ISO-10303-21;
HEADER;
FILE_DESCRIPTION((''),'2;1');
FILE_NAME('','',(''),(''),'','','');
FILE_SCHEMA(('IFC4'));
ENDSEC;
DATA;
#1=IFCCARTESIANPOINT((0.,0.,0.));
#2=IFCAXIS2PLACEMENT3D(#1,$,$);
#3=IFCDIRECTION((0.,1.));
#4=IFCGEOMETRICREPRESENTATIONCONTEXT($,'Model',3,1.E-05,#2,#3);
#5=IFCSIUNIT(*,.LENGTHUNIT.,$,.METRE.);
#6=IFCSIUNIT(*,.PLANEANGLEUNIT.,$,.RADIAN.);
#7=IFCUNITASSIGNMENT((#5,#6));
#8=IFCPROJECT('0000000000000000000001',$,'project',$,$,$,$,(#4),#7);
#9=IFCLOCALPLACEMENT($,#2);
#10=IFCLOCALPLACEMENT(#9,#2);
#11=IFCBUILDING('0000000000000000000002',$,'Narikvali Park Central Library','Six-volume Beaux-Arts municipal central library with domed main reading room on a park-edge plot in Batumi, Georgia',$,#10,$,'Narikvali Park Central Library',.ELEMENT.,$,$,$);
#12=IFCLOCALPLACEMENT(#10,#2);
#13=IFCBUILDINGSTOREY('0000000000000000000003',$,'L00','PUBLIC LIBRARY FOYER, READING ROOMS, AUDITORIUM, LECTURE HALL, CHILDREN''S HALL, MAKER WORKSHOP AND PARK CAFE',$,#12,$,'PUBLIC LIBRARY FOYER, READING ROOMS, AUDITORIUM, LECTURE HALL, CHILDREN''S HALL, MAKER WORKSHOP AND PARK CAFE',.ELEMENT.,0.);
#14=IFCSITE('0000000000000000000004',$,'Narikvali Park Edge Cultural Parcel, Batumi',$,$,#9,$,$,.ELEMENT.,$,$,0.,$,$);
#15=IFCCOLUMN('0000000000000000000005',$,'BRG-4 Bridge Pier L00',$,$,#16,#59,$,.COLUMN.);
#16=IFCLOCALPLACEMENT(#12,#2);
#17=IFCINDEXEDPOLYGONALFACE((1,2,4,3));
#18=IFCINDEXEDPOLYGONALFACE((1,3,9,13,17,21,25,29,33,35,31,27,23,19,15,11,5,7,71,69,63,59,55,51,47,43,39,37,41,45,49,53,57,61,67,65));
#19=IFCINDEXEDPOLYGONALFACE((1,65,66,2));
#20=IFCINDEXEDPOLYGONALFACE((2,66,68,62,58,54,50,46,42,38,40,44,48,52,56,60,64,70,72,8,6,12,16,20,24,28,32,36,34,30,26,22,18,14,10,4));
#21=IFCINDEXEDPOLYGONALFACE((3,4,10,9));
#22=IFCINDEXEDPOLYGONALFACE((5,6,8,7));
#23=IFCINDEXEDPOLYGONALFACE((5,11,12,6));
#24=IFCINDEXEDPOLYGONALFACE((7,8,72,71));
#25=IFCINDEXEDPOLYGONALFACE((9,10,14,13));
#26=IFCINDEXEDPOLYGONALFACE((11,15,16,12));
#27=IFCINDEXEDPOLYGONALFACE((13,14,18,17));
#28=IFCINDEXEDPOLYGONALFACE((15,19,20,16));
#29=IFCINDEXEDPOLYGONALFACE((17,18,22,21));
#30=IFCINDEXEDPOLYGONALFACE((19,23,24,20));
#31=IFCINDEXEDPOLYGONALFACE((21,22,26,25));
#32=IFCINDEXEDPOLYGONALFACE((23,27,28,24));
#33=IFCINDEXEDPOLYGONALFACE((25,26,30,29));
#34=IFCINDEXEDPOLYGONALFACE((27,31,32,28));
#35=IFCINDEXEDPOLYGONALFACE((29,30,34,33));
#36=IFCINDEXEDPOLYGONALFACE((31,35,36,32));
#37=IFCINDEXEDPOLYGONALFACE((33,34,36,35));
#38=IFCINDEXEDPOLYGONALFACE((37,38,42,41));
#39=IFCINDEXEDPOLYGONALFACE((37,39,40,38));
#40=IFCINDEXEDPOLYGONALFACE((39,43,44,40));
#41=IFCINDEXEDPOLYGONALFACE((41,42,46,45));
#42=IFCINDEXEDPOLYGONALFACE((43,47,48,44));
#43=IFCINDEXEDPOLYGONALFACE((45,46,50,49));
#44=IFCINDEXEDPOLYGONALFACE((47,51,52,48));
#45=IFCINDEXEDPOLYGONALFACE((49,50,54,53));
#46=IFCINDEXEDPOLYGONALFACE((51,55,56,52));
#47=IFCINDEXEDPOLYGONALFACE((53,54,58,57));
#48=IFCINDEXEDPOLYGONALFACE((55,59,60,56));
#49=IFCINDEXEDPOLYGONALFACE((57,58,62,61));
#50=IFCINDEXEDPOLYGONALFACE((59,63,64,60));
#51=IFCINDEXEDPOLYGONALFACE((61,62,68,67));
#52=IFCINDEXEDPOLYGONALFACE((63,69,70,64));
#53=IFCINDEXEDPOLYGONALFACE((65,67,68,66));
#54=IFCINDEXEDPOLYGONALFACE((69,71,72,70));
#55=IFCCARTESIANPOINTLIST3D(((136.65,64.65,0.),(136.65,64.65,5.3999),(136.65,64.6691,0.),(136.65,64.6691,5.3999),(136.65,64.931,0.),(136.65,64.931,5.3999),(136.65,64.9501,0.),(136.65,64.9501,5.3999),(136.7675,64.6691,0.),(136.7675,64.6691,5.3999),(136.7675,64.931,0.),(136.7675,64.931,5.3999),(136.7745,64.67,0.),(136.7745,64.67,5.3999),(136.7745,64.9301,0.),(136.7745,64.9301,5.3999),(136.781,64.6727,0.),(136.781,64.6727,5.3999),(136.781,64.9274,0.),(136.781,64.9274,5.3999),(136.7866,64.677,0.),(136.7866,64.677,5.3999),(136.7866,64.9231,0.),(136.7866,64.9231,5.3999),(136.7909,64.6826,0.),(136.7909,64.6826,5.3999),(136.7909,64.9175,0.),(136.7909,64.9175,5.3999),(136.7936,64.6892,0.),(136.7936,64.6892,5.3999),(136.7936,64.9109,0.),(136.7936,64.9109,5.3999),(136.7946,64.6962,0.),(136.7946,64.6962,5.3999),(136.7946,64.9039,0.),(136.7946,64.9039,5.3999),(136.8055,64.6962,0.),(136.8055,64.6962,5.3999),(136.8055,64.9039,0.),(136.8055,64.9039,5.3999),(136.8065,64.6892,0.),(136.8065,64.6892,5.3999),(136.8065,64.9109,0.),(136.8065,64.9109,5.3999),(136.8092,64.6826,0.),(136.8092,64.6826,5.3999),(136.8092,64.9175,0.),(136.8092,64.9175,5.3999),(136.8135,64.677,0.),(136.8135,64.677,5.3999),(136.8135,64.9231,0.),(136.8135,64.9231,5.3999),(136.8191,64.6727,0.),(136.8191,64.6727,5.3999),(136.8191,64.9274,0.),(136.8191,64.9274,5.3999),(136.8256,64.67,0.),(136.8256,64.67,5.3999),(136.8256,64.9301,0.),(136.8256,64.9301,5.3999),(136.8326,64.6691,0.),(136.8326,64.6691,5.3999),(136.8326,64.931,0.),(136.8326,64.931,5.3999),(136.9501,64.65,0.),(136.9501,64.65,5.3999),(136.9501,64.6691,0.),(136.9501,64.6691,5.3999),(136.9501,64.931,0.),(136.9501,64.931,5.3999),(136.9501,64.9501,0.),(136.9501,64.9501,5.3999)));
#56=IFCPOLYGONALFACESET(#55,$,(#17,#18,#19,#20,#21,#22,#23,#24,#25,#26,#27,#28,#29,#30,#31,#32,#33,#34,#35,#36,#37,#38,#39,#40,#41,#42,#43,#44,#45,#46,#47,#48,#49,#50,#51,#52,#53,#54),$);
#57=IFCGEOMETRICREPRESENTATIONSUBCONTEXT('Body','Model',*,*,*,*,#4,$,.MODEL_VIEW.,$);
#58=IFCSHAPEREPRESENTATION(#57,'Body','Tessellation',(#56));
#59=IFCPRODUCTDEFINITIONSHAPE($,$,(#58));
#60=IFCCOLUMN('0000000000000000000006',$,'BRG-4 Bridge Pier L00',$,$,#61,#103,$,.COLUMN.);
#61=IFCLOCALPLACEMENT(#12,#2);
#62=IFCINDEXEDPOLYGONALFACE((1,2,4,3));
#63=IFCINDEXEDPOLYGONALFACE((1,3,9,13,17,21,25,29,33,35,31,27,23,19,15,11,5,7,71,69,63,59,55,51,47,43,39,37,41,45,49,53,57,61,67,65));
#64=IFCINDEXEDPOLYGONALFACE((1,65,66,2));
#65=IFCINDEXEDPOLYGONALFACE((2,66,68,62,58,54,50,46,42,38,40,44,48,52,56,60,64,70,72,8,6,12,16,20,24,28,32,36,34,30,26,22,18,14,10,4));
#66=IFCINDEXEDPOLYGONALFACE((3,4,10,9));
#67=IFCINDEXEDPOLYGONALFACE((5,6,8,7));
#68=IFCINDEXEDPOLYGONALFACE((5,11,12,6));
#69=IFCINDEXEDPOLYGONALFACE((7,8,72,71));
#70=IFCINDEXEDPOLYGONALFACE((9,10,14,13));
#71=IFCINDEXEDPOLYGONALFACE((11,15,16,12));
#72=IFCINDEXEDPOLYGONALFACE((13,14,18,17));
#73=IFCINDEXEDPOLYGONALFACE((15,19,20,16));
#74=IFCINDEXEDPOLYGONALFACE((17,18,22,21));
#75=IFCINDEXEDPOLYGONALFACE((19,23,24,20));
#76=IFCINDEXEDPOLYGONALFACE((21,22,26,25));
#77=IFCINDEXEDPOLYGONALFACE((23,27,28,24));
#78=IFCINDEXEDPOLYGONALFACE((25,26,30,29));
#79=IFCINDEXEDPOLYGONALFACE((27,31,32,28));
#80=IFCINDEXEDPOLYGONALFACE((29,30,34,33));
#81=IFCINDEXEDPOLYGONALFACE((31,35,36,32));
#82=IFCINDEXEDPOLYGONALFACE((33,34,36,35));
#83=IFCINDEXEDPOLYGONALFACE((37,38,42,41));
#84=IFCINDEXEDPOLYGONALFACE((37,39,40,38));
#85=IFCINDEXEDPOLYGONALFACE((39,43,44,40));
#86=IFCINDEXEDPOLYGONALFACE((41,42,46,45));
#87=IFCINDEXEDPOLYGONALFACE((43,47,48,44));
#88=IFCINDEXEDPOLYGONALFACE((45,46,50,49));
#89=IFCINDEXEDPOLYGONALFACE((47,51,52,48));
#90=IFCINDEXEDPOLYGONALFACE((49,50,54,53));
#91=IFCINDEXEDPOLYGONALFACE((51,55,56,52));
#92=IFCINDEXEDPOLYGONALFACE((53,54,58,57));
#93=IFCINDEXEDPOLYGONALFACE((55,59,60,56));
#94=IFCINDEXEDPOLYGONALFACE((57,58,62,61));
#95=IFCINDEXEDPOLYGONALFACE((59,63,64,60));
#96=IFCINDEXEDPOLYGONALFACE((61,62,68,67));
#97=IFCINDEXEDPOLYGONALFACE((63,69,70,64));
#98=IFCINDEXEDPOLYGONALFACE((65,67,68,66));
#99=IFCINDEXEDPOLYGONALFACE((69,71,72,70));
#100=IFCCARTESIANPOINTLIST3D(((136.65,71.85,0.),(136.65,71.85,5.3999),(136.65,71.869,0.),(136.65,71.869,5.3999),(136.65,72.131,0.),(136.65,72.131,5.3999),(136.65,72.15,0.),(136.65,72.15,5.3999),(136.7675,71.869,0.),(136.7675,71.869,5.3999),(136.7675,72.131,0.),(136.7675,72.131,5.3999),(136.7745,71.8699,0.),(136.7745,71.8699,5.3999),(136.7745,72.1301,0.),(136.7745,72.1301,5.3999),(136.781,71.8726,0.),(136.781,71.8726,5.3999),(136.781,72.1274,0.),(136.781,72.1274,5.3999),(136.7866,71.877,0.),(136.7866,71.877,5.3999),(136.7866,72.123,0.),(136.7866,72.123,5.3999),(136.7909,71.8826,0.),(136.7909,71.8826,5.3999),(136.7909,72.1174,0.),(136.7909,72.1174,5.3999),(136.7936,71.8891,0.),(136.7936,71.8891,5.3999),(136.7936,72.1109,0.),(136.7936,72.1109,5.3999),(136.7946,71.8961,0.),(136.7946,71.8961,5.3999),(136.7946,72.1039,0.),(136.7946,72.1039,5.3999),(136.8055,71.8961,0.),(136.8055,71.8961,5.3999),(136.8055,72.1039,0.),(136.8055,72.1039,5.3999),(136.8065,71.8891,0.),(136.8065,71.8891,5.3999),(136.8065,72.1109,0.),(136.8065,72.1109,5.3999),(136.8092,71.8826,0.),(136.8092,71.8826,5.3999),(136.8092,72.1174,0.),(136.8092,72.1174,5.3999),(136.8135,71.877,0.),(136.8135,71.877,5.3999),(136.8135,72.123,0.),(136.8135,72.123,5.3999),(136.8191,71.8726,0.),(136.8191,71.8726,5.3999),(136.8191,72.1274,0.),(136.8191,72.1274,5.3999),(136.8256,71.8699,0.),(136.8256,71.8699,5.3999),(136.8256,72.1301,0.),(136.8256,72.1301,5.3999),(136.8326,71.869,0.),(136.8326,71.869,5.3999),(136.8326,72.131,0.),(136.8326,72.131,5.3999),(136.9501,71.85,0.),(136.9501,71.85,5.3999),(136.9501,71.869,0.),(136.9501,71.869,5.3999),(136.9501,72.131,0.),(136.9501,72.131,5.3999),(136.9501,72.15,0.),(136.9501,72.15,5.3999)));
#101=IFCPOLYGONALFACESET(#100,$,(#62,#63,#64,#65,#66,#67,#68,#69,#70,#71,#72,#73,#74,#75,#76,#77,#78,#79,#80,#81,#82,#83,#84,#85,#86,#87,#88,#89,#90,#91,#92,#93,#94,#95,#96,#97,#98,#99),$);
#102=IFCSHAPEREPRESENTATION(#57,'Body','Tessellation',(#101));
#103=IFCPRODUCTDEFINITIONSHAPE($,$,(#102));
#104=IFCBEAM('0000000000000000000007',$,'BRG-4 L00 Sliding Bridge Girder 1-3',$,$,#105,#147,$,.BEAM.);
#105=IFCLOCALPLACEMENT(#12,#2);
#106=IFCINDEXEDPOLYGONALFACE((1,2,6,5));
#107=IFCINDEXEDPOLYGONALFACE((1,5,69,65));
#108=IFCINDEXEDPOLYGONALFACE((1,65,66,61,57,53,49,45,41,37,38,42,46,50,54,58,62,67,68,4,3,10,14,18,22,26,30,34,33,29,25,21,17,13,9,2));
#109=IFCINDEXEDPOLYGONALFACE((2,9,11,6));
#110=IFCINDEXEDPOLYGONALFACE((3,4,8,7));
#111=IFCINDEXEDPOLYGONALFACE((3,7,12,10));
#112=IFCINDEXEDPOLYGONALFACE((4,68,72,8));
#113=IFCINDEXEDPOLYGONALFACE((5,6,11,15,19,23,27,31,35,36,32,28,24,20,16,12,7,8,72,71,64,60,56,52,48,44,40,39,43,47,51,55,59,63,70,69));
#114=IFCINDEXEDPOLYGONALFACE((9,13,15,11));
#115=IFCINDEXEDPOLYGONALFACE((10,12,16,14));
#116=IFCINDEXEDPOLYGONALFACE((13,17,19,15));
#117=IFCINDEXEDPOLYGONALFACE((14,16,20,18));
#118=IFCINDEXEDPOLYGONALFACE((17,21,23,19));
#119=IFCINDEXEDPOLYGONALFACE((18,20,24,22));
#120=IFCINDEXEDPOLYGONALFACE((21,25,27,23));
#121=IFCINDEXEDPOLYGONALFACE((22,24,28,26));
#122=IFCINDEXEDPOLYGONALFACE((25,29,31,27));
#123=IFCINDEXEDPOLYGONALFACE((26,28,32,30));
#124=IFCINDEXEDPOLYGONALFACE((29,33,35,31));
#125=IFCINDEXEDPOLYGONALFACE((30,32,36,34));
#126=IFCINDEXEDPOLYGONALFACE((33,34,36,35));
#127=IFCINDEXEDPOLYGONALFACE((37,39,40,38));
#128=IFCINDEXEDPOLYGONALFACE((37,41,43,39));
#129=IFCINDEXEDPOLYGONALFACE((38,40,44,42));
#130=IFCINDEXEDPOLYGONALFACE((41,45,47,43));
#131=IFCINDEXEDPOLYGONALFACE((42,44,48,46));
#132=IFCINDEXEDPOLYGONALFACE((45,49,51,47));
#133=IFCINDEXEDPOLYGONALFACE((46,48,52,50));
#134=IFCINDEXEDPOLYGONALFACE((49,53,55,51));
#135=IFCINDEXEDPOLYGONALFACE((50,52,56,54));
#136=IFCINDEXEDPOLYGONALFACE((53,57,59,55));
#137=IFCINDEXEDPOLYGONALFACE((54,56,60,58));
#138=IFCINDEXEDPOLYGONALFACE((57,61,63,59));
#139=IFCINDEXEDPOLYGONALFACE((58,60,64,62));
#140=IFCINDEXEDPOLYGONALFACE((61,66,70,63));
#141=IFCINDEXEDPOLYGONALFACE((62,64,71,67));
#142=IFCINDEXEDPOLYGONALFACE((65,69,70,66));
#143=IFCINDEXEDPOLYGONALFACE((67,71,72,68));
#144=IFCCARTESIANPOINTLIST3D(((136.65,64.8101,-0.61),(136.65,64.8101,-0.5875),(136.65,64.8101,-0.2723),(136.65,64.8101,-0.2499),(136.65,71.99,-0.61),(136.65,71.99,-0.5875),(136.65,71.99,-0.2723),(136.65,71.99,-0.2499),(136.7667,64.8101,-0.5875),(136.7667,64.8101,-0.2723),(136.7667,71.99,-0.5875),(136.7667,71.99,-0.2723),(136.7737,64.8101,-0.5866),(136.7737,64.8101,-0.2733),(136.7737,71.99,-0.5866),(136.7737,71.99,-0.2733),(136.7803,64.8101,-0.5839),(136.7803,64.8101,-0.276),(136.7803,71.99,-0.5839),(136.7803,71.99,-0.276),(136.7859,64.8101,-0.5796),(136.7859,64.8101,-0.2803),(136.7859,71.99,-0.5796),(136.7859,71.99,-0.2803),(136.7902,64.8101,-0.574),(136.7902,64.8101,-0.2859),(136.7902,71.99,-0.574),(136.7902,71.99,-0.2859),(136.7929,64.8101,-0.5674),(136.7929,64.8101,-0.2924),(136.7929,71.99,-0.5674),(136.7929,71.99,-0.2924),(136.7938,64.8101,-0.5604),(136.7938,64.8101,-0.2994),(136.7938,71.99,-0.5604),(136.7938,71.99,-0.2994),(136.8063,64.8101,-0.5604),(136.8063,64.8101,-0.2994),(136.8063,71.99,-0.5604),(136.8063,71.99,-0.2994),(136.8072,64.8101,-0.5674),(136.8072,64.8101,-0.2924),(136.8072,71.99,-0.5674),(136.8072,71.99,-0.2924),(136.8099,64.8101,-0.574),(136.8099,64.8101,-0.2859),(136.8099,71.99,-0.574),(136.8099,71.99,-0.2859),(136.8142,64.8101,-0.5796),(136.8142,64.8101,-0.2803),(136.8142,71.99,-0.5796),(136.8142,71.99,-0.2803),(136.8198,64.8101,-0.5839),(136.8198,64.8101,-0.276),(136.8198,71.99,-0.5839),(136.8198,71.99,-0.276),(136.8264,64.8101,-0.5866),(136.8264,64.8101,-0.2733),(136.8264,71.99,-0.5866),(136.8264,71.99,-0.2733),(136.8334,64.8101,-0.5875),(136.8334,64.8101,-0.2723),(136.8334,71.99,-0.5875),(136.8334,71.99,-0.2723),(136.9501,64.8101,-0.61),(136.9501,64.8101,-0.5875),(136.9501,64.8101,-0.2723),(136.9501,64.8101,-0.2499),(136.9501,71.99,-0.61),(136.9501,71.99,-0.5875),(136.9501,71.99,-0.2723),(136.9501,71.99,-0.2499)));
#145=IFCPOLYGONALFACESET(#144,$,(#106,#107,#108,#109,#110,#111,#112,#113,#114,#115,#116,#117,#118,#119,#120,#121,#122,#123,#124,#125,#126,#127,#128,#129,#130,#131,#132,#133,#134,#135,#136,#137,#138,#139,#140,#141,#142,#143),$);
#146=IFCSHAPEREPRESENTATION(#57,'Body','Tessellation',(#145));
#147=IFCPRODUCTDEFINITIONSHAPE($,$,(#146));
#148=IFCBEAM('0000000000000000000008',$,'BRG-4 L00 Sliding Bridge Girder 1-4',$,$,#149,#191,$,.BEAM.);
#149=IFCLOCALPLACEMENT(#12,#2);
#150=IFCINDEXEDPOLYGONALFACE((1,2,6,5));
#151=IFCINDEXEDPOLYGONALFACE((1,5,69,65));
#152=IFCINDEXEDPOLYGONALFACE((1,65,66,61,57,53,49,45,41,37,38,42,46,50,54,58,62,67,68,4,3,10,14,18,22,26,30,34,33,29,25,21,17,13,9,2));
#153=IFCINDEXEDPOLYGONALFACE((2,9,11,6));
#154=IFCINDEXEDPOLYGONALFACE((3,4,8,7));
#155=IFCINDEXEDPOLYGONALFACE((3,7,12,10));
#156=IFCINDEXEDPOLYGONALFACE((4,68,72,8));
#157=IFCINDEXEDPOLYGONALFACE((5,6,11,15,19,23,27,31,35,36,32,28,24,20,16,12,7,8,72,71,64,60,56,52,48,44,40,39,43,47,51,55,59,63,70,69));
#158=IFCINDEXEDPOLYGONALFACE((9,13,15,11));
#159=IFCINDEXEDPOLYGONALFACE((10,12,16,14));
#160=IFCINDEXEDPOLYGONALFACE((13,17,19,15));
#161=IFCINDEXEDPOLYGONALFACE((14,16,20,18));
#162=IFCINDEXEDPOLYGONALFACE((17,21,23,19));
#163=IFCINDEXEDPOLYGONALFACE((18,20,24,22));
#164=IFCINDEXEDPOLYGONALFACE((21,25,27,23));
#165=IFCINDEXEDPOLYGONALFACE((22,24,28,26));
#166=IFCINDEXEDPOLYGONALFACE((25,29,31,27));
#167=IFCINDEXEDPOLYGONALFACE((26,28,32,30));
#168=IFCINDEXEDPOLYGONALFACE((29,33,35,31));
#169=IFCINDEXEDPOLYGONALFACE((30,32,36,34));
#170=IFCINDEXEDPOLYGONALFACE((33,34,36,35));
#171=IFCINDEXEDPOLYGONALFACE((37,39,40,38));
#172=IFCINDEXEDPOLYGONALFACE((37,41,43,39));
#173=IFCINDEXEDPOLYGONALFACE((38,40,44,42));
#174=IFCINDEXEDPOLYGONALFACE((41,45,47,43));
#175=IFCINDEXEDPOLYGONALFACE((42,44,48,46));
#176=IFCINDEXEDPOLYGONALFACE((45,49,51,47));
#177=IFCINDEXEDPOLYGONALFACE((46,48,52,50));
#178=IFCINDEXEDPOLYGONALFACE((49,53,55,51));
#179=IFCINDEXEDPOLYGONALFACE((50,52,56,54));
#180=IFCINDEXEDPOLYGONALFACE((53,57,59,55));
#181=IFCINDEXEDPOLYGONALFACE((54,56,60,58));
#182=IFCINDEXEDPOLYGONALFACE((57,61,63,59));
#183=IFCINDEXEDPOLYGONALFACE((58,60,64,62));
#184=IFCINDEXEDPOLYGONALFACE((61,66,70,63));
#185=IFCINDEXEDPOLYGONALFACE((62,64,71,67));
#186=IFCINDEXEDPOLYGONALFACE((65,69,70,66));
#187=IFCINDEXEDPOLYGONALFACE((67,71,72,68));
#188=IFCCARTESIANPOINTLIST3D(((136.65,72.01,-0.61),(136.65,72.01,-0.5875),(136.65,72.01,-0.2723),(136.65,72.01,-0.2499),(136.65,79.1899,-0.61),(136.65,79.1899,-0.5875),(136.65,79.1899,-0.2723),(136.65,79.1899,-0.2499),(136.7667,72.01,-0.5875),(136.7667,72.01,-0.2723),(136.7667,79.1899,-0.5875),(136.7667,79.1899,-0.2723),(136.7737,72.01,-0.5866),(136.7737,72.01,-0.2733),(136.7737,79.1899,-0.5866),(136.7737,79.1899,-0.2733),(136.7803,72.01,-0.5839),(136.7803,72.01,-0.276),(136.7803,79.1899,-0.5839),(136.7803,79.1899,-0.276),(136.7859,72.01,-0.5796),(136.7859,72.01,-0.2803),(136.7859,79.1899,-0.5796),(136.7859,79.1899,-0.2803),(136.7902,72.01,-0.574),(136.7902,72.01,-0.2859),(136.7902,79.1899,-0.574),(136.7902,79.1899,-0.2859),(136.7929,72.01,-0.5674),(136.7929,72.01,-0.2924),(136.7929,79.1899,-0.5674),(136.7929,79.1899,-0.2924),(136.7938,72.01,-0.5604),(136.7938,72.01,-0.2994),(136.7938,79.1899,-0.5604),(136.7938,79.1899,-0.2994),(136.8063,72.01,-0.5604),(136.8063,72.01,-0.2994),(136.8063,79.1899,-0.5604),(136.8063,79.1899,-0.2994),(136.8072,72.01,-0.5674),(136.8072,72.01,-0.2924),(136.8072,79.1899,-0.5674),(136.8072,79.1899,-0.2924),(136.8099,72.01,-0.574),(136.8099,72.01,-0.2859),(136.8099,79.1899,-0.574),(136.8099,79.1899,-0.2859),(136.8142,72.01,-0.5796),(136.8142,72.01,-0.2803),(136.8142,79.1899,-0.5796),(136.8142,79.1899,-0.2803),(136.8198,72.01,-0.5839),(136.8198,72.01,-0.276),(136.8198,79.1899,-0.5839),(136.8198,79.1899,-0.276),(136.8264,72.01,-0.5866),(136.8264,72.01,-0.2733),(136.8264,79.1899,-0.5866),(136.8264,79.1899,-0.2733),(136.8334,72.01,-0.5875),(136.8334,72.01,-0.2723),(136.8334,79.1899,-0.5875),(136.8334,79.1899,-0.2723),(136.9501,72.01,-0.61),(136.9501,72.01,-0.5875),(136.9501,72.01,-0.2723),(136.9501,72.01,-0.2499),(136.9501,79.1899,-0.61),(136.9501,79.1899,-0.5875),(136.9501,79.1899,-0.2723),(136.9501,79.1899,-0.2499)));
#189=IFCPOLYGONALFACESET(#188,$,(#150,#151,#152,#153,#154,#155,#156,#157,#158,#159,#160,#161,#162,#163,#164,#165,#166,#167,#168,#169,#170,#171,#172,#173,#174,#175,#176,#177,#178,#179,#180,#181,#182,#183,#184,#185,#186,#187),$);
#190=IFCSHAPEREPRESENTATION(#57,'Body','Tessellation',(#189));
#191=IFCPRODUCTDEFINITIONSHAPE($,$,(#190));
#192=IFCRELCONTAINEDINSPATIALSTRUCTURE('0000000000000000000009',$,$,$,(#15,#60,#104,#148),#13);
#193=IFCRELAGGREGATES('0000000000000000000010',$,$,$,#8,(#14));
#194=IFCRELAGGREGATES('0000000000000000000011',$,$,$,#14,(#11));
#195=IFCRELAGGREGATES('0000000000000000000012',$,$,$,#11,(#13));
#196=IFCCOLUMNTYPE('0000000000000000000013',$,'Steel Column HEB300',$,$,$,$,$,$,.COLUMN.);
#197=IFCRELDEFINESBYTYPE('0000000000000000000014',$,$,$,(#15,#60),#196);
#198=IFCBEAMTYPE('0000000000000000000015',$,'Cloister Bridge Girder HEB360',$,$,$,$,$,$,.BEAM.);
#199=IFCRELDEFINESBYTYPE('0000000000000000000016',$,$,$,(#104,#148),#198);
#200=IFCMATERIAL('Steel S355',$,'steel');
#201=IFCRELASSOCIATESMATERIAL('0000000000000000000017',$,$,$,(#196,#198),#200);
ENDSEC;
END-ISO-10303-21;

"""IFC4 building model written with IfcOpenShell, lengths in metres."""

from ifc_helpers import new_model, si_unit, direction, frame, origin, origin_2d, place, context, subcontext, project, spatial, i_section, extrude, material, material_profile, profile_set, type_object, element, save


model = new_model("IFC4")

# Units and contexts
model_context = context("Model", 3, precision=1e-05, world=origin(), true_north=direction((0.0, 1.0)))
body_context = subcontext(model_context, "Body", "Model", "MODEL_VIEW")
ifc_project = project(units=[si_unit("LENGTHUNIT", "METRE"), si_unit("PLANEANGLEUNIT", "RADIAN")], contexts=[model_context])

# Site, building, storey
site_placement = place(None, origin())
site = spatial("IfcSite", under=ifc_project, at=site_placement, Name="Narikvali Park Edge Cultural Parcel, Batumi", CompositionType="ELEMENT", RefElevation=0.0)
building_placement = place(site_placement, origin())
building = spatial("IfcBuilding", under=site, at=building_placement, Name="Narikvali Park Central Library", Description="Six-volume Beaux-Arts municipal central library with domed main reading room on a park-edge plot in Batumi, Georgia", LongName="Narikvali Park Central Library", CompositionType="ELEMENT")
storey_placement = place(building_placement, origin())
storey = spatial("IfcBuildingStorey", under=building, at=storey_placement, Name="L00", Description="PUBLIC LIBRARY FOYER, READING ROOMS, AUDITORIUM, LECTURE HALL, CHILDREN'S HALL, MAKER WORKSHOP AND PARK CAFE", LongName="PUBLIC LIBRARY FOYER, READING ROOMS, AUDITORIUM, LECTURE HALL, CHILDREN'S HALL, MAKER WORKSHOP AND PARK CAFE", CompositionType="ELEMENT", Elevation=0.0)

# Columns
ifc_material_1 = material(Name="Steel S355", Category="steel")
ifc_material_profile_1 = material_profile(ifc_material_1, i_section(OverallWidth=0.3, OverallDepth=0.3, WebThickness=0.011, FlangeThickness=0.019, FilletRadius=0.0271, at=origin_2d()), Name="HEB 300")
ifc_profile_set_1 = profile_set([ifc_material_profile_1], Name="Steel S355")
column_type = type_object("IfcColumnType", Name="Steel Column HEB300", PredefinedType="COLUMN", material=ifc_profile_set_1)
for number, where, z_axis, x_axis, name in (
    (1, (136.8, 64.8, 0.0), (0.0, 0.0, 1.0), (1.0, 0.0, 0.0), "BRG-4 Bridge Pier L00"),
    (2, (136.8, 72.0, 0.0), (0.0, 0.0, 1.0), (1.0, 0.0, 0.0), "BRG-4 Bridge Pier L00"),
):
    element("IfcColumn", number, at=place(storey_placement, frame(where, z_axis=z_axis, x_axis=x_axis)), inside=storey, type_object=column_type, Name=name, PredefinedType="COLUMN", context=body_context, shape_type="SweptSolid", body=[
        extrude(i_section(OverallWidth=0.3, OverallDepth=0.3, WebThickness=0.011, FlangeThickness=0.019, FilletRadius=0.0271, at=origin_2d()), origin(), (0.0, 0.0, 1.0), 5.3999),
    ])

# Beams
ifc_material_profile_2 = material_profile(ifc_material_1, i_section(OverallWidth=0.3, OverallDepth=0.3601, WebThickness=0.0125, FlangeThickness=0.0225, FilletRadius=0.0271, at=origin_2d()), Name="HEB 360")
ifc_profile_set_2 = profile_set([ifc_material_profile_2], Name="Steel S355")
beam_type = type_object("IfcBeamType", Name="Cloister Bridge Girder HEB360", PredefinedType="BEAM", material=ifc_profile_set_2)
for number, where, z_axis, x_axis, name in (
    (3, (136.8, 64.8101, -0.4299), (0.0, 1.0, 0.0), (-1.0, 0.0, 0.0), "BRG-4 L00 Sliding Bridge Girder 1-3"),
    (4, (136.8, 72.01, -0.4299), (0.0, 1.0, 0.0), (-1.0, 0.0, 0.0), "BRG-4 L00 Sliding Bridge Girder 1-4"),
):
    element("IfcBeam", number, at=place(storey_placement, frame(where, z_axis=z_axis, x_axis=x_axis)), inside=storey, type_object=beam_type, Name=name, PredefinedType="BEAM", context=body_context, shape_type="SweptSolid", body=[
        extrude(i_section(OverallWidth=0.3, OverallDepth=0.3601, WebThickness=0.0125, FlangeThickness=0.0225, FilletRadius=0.0271, at=origin_2d()), origin(), (0.0, 0.0, 1.0), 7.1799),
    ])

save(model, "model.ifc")
